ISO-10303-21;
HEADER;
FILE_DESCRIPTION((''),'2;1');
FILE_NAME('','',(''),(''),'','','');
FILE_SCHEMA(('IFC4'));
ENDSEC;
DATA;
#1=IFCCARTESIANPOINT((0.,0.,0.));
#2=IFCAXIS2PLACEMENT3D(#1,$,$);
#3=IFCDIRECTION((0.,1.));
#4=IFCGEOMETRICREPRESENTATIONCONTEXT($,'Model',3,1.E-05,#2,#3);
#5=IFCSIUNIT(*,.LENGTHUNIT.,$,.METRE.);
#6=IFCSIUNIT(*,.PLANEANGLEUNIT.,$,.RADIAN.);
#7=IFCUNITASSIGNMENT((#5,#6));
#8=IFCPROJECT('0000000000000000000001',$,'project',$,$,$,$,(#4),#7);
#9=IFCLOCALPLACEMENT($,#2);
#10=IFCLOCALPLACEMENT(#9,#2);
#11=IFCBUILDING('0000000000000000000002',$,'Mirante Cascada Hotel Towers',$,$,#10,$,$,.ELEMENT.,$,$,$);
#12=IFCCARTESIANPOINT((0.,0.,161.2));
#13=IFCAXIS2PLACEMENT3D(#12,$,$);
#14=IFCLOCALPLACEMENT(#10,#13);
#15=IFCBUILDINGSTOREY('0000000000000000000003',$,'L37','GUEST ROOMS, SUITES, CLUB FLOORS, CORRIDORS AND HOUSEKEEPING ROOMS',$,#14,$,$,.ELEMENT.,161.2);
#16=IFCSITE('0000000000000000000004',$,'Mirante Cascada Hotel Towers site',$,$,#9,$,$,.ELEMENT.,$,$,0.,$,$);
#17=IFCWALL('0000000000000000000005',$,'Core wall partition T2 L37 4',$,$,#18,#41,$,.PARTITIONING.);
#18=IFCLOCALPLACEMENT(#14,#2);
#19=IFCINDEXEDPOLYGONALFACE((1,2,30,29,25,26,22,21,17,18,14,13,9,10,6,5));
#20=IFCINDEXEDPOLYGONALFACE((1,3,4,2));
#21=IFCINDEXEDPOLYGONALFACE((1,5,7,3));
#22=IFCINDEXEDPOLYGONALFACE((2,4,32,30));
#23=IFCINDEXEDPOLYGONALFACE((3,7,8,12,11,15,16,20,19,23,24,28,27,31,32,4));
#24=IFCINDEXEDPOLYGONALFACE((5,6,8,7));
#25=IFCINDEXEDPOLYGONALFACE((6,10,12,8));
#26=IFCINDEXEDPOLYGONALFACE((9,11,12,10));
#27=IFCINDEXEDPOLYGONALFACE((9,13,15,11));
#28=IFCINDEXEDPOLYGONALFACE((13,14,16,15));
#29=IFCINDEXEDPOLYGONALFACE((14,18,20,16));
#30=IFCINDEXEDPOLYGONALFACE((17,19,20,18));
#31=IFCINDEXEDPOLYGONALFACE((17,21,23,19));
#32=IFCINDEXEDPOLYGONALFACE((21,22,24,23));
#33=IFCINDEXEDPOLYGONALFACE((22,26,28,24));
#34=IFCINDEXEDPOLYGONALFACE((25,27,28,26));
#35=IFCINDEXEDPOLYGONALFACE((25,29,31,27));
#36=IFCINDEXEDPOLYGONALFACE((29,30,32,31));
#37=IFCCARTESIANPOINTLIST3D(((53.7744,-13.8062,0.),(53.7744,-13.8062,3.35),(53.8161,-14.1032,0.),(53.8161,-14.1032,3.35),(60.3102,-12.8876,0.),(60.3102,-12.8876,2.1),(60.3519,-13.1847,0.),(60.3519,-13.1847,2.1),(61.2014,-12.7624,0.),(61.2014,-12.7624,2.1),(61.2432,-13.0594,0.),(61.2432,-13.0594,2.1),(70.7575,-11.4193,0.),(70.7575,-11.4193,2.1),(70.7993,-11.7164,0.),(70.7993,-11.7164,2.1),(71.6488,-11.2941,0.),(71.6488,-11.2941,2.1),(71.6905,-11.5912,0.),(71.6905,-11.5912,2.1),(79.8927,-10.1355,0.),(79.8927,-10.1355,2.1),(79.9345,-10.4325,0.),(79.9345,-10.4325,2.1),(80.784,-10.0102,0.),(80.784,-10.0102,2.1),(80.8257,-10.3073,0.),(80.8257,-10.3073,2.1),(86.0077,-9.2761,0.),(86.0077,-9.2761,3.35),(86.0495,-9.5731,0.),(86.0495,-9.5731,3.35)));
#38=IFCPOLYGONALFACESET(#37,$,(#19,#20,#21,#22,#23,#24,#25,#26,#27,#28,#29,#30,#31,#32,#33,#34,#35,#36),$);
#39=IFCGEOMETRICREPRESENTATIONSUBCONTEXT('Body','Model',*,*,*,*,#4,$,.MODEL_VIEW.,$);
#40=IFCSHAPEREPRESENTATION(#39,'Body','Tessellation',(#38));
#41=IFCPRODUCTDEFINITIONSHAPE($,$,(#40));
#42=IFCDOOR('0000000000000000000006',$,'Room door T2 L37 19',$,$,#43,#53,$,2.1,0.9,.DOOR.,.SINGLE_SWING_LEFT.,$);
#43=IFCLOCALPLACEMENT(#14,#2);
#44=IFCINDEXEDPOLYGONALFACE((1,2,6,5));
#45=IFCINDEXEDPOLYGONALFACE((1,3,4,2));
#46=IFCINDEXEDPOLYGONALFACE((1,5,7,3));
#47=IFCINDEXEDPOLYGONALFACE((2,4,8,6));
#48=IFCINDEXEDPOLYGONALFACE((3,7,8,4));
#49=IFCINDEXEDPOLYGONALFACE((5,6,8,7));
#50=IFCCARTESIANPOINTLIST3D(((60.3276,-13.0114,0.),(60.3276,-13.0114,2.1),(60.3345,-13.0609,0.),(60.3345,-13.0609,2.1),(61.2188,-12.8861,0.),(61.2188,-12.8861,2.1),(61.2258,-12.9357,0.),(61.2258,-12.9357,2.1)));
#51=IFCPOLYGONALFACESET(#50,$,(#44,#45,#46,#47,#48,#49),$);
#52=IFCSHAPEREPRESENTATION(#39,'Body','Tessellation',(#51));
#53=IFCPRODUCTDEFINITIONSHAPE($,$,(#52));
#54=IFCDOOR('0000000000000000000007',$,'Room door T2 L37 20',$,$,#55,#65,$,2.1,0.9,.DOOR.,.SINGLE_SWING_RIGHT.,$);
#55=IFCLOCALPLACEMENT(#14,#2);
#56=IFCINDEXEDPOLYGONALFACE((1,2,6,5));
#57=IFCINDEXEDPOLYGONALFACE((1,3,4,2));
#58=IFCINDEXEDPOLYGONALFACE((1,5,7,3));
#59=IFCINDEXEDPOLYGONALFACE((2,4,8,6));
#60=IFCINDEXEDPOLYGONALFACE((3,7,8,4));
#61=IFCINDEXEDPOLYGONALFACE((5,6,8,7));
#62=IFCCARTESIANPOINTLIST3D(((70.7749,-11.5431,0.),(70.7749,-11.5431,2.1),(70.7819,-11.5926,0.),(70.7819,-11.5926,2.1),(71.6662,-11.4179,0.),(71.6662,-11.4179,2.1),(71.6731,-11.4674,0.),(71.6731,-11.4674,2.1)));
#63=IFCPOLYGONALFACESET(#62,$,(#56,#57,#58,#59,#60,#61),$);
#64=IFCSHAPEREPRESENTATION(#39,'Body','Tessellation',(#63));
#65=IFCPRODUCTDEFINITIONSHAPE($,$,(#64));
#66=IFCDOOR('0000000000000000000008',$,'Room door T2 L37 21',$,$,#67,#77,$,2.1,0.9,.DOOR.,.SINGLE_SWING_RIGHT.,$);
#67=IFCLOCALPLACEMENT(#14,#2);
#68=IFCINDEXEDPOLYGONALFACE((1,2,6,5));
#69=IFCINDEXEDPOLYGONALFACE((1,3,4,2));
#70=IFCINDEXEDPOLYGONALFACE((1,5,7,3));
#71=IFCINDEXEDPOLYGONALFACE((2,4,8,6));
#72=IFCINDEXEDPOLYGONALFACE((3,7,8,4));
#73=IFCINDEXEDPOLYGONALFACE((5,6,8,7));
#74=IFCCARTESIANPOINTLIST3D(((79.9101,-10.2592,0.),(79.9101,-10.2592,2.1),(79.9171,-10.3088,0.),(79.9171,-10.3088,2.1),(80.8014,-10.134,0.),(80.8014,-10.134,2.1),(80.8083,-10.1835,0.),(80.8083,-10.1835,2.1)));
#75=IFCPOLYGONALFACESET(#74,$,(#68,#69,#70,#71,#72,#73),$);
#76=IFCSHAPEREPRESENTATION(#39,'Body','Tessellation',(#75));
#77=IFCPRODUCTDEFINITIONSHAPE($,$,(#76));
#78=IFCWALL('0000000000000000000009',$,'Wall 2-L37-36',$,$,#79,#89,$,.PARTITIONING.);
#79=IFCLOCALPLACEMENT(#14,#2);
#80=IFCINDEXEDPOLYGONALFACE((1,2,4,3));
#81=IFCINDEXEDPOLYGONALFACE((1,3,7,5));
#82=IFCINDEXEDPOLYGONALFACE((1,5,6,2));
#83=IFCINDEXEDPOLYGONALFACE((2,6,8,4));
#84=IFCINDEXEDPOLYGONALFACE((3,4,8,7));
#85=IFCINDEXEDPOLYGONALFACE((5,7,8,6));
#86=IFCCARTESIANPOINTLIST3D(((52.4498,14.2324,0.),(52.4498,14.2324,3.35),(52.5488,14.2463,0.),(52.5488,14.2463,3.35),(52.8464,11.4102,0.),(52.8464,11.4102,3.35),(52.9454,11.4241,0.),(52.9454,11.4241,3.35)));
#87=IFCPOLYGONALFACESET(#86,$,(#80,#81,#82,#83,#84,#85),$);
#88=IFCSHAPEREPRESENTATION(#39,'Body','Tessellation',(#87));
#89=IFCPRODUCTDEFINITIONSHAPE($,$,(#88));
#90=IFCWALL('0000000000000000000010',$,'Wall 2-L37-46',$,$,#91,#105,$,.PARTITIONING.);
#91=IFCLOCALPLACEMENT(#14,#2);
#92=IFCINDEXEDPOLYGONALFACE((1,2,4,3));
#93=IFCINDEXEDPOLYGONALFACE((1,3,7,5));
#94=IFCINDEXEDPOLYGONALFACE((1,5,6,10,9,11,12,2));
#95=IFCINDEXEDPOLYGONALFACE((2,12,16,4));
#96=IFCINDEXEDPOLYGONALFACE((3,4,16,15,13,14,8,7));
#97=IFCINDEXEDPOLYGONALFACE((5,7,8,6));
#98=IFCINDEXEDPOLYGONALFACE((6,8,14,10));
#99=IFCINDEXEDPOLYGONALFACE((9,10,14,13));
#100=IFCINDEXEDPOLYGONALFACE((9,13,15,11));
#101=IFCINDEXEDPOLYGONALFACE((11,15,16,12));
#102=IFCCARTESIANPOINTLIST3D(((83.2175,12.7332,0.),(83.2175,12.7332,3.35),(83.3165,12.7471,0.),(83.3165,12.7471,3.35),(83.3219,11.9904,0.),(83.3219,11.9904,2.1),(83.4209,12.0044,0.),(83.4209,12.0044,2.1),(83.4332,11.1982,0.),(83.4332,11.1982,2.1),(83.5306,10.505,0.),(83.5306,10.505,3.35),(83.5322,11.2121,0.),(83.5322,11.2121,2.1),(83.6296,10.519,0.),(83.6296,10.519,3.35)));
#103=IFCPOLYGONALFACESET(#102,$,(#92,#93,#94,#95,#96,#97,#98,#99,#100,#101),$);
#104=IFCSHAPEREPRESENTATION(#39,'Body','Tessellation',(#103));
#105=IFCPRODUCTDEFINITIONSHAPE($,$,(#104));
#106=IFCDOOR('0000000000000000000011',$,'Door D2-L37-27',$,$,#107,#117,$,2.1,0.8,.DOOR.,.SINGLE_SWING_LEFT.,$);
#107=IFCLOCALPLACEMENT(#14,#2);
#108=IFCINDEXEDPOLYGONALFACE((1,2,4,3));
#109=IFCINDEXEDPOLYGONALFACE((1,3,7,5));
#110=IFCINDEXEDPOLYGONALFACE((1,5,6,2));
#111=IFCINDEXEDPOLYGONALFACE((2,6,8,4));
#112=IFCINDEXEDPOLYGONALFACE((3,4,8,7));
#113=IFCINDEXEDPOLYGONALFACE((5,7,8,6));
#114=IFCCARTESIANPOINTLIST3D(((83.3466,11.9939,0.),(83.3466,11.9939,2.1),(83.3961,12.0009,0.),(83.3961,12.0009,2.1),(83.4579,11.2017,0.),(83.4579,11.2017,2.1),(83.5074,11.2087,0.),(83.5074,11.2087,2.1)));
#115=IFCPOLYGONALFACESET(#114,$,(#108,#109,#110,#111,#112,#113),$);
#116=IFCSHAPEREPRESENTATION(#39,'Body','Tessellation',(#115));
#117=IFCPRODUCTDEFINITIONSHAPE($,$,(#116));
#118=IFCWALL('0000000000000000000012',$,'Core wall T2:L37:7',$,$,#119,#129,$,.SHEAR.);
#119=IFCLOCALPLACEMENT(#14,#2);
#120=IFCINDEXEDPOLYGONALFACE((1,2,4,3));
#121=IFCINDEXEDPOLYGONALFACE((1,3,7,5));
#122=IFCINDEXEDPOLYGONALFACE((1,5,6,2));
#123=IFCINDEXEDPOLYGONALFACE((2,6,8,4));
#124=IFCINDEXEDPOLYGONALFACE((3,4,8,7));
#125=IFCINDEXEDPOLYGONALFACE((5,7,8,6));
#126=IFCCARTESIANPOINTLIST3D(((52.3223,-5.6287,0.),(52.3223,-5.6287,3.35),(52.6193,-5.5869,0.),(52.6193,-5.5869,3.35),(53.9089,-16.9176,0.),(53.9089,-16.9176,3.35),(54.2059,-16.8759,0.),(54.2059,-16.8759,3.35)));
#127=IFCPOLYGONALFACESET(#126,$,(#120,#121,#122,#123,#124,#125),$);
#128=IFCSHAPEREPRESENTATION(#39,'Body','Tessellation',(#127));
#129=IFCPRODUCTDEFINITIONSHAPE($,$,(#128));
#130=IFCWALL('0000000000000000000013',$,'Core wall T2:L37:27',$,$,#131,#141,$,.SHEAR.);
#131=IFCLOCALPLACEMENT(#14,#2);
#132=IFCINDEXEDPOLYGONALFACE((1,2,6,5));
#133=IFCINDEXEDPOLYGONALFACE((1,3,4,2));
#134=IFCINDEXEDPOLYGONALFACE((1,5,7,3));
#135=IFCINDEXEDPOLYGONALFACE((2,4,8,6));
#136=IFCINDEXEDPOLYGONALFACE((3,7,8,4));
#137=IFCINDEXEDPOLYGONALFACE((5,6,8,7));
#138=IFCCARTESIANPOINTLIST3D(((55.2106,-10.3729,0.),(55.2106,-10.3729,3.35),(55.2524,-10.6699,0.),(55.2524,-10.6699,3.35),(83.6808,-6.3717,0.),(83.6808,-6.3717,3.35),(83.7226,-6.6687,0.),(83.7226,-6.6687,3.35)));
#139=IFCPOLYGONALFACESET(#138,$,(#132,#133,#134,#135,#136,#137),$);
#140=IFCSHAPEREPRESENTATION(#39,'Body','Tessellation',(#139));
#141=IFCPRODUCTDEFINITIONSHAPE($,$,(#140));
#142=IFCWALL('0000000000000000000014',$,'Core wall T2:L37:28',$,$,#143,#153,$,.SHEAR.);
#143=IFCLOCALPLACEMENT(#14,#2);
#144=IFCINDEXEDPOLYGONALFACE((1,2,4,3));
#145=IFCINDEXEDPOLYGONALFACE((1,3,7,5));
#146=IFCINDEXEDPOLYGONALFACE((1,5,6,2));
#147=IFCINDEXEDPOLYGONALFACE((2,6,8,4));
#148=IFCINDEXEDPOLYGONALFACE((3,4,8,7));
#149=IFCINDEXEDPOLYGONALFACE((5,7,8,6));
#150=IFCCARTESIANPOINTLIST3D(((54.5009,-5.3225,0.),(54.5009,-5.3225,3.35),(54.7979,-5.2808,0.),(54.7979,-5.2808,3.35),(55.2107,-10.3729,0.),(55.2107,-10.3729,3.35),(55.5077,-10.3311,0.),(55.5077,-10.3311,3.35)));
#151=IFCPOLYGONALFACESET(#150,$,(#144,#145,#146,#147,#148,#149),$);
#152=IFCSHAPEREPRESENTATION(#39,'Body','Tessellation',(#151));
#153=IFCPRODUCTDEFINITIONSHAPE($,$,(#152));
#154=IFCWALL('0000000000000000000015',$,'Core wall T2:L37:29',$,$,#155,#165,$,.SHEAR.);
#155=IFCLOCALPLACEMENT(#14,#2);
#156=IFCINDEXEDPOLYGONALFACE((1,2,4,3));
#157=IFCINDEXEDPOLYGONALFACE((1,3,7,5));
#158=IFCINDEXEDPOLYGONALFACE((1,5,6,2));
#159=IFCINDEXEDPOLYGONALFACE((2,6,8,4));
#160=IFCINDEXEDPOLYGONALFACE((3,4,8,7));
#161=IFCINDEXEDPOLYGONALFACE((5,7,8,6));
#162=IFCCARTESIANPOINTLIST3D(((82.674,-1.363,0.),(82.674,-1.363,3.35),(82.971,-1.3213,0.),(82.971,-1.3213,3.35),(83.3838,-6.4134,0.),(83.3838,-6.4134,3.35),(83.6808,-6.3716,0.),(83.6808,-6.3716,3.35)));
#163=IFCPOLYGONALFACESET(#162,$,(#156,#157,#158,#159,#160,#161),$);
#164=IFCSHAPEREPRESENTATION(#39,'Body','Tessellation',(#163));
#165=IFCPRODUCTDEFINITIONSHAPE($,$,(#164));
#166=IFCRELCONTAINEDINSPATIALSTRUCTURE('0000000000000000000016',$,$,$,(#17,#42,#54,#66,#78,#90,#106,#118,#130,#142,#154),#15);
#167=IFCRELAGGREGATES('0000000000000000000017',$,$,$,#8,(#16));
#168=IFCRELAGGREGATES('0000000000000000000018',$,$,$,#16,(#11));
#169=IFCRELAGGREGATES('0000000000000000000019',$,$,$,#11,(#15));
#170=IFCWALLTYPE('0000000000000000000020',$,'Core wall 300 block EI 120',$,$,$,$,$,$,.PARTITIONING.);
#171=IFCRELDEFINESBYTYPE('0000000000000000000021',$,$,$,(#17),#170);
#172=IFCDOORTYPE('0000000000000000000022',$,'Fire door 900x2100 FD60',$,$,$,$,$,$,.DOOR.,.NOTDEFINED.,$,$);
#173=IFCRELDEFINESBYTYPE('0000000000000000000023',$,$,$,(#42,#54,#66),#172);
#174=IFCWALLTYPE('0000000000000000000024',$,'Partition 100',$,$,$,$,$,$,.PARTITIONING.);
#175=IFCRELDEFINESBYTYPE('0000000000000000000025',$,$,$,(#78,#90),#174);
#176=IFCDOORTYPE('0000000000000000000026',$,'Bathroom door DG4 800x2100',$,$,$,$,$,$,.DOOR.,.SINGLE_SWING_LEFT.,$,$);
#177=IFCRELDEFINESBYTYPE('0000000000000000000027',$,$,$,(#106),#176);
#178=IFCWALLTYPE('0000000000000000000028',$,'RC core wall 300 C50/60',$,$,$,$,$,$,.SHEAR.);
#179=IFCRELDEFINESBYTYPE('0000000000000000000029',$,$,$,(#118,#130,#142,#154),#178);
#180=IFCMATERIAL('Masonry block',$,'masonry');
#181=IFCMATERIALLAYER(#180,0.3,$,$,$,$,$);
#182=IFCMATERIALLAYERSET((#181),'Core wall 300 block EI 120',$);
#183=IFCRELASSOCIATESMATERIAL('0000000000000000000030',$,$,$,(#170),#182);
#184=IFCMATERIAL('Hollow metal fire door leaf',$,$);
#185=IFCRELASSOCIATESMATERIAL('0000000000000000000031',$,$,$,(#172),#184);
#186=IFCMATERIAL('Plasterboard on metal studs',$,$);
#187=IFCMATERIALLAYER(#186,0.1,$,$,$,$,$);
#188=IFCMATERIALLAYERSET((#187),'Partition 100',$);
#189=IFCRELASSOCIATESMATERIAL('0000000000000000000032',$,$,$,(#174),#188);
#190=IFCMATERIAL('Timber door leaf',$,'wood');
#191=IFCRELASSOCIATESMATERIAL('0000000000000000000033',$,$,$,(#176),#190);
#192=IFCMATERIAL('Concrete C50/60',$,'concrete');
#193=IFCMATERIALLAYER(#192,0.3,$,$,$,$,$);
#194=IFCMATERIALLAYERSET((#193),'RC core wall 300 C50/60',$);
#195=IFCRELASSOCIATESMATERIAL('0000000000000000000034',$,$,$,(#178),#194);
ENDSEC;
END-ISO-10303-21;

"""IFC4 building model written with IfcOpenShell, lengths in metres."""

from ifc_helpers import new_model, si_unit, direction, frame, frame_2d, origin, place, context, subcontext, project, spatial, rectangle, extrude, material, layer, layer_set, type_object, element, fill, save


model = new_model("IFC4")

# Units and contexts
model_context = context("Model", 3, precision=1e-05, world=origin(), true_north=direction((0.0, 1.0)))
body_context = subcontext(model_context, "Body", "Model", "MODEL_VIEW")
ifc_project = project(units=[si_unit("LENGTHUNIT", "METRE"), si_unit("PLANEANGLEUNIT", "RADIAN")], contexts=[model_context])

# Site, building, storey
site_placement = place(None, origin())
site = spatial("IfcSite", under=ifc_project, at=site_placement, Name="Mirante Cascada Hotel Towers site", CompositionType="ELEMENT", RefElevation=0.0)
building_placement = place(site_placement, origin())
building = spatial("IfcBuilding", under=site, at=building_placement, Name="Mirante Cascada Hotel Towers", CompositionType="ELEMENT")
storey_placement = place(building_placement, frame((0.0, 0.0, 161.2)))
storey = spatial("IfcBuildingStorey", under=building, at=storey_placement, Name="L37", Description="GUEST ROOMS, SUITES, CLUB FLOORS, CORRIDORS AND HOUSEKEEPING ROOMS", CompositionType="ELEMENT", Elevation=161.2)

# Wall, openings, doors
ifc_material_1 = material(Name="Masonry block", Category="masonry")
ifc_layer_1 = layer(ifc_material_1, 0.3)
ifc_layer_set_1 = layer_set([ifc_layer_1], Name="Core wall 300 block EI 120")
wall_type_1 = type_object("IfcWallType", Name="Core wall 300 block EI 120", PredefinedType="PARTITIONING", material=ifc_layer_set_1)
wall_1_placement = place(storey_placement, frame((53.7953, -13.9547, 0.0), z_axis=(0.0, 0.0, 1.0), x_axis=(0.990268, 0.139173, 0.0)))
wall_1 = element("IfcWall", 1, at=wall_1_placement, inside=storey, type_object=wall_type_1, Name="Core wall partition T2 L37 4", PredefinedType="PARTITIONING", context=body_context, shape_type="SweptSolid", body=[
    extrude(rectangle(XDim=32.5501, YDim=0.3, at=frame_2d((16.275, 0.0))), origin(), (0.0, 0.0, 1.0), 3.35),
])
opening_1_placement = place(wall_1_placement, frame((6.6, 0.0, 0.0)))
opening_1 = element("IfcOpeningElement", 2, at=opening_1_placement, cuts=wall_1, PredefinedType="OPENING", context=body_context, shape_type="SweptSolid", body=[
    extrude(rectangle(XDim=0.9, YDim=2.1, at=frame_2d((0.45, 1.05))), frame((0.0, 0.15, 0.0), z_axis=(0.0, -1.0, 0.0), x_axis=(1.0, 0.0, 0.0)), (0.0, 0.0, 1.0), 0.3),
])
opening_2_placement = place(wall_1_placement, frame((17.15, 0.0, 0.0)))
opening_2 = element("IfcOpeningElement", 3, at=opening_2_placement, cuts=wall_1, PredefinedType="OPENING", context=body_context, shape_type="SweptSolid", body=[
    extrude(rectangle(XDim=0.9, YDim=2.1, at=frame_2d((0.45, 1.05))), frame((0.0, 0.15, 0.0), z_axis=(0.0, -1.0, 0.0), x_axis=(1.0, 0.0, 0.0)), (0.0, 0.0, 1.0), 0.3),
])
opening_3_placement = place(wall_1_placement, frame((26.375, 0.0, 0.0)))
opening_3 = element("IfcOpeningElement", 4, at=opening_3_placement, cuts=wall_1, PredefinedType="OPENING", context=body_context, shape_type="SweptSolid", body=[
    extrude(rectangle(XDim=0.9, YDim=2.1, at=frame_2d((0.45, 1.05))), frame((0.0, 0.15, 0.0), z_axis=(0.0, -1.0, 0.0), x_axis=(1.0, 0.0, 0.0)), (0.0, 0.0, 1.0), 0.3),
])
ifc_material_2 = material(Name="Hollow metal fire door leaf")
door_type_1 = type_object("IfcDoorType", Name="Fire door 900x2100 FD60", OperationType="NOTDEFINED", PredefinedType="DOOR", material=ifc_material_2)
door_1_placement = place(opening_1_placement, frame((0.9, 0.0, 0.0), z_axis=(0.0, 0.0, 1.0), x_axis=(-1.0, 0.0, 0.0)))
door_1 = element("IfcDoor", 5, at=door_1_placement, inside=storey, type_object=door_type_1, Name="Room door T2 L37 19", OperationType="SINGLE_SWING_LEFT", OverallHeight=2.1, OverallWidth=0.9, PredefinedType="DOOR", context=body_context, shape_type="SweptSolid", body=[
    extrude(rectangle(XDim=0.9, YDim=2.1, at=frame_2d((0.45, 1.05))), frame((0.0, 0.025, 0.0), z_axis=(0.0, -1.0, 0.0), x_axis=(1.0, 0.0, 0.0)), (0.0, 0.0, 1.0), 0.05),
])
fill(opening_1, door_1)
door_2_placement = place(opening_2_placement, frame((0.9, 0.0, 0.0), z_axis=(0.0, 0.0, 1.0), x_axis=(-1.0, 0.0, 0.0)))
door_2 = element("IfcDoor", 6, at=door_2_placement, inside=storey, type_object=door_type_1, Name="Room door T2 L37 20", OperationType="SINGLE_SWING_RIGHT", OverallHeight=2.1, OverallWidth=0.9, PredefinedType="DOOR", context=body_context, shape_type="SweptSolid", body=[
    extrude(rectangle(XDim=0.9, YDim=2.1, at=frame_2d((0.45, 1.05))), frame((0.0, 0.025, 0.0), z_axis=(0.0, -1.0, 0.0), x_axis=(1.0, 0.0, 0.0)), (0.0, 0.0, 1.0), 0.05),
])
fill(opening_2, door_2)
door_3_placement = place(opening_3_placement, frame((0.9, 0.0, 0.0), z_axis=(0.0, 0.0, 1.0), x_axis=(-1.0, 0.0, 0.0)))
door_3 = element("IfcDoor", 7, at=door_3_placement, inside=storey, type_object=door_type_1, Name="Room door T2 L37 21", OperationType="SINGLE_SWING_RIGHT", OverallHeight=2.1, OverallWidth=0.9, PredefinedType="DOOR", context=body_context, shape_type="SweptSolid", body=[
    extrude(rectangle(XDim=0.9, YDim=2.1, at=frame_2d((0.45, 1.05))), frame((0.0, 0.025, 0.0), z_axis=(0.0, -1.0, 0.0), x_axis=(1.0, 0.0, 0.0)), (0.0, 0.0, 1.0), 0.05),
])
fill(opening_3, door_3)

# Wall
ifc_material_3 = material(Name="Plasterboard on metal studs")
ifc_layer_2 = layer(ifc_material_3, 0.1)
ifc_layer_set_2 = layer_set([ifc_layer_2], Name="Partition 100")
wall_type_2 = type_object("IfcWallType", Name="Partition 100", PredefinedType="PARTITIONING", material=ifc_layer_set_2)
wall_2_placement = place(storey_placement, frame((52.8959, 11.4171, 0.0), z_axis=(0.0, 0.0, 1.0), x_axis=(-0.139161, 0.99027, 0.0)))
element("IfcWall", 8, at=wall_2_placement, inside=storey, type_object=wall_type_2, Name="Wall 2-L37-36", PredefinedType="PARTITIONING", context=body_context, shape_type="SweptSolid", body=[
    extrude(rectangle(XDim=2.8499, YDim=0.1, at=frame_2d((1.425, 0.0))), origin(), (0.0, 0.0, 1.0), 3.35),
])

# Wall, opening, door
wall_3_placement = place(storey_placement, frame((83.5801, 10.512, 0.0), z_axis=(0.0, 0.0, 1.0), x_axis=(-0.139156, 0.990271, 0.0)))
wall_3 = element("IfcWall", 9, at=wall_3_placement, inside=storey, type_object=wall_type_2, Name="Wall 2-L37-46", PredefinedType="PARTITIONING", context=body_context, shape_type="SweptSolid", body=[
    extrude(rectangle(XDim=2.25, YDim=0.1, at=frame_2d((1.125, 0.0))), origin(), (0.0, 0.0, 1.0), 3.35),
])
opening_4_placement = place(wall_3_placement, frame((0.7, 0.0, 0.0)))
opening_4 = element("IfcOpeningElement", 10, at=opening_4_placement, cuts=wall_3, PredefinedType="OPENING", context=body_context, shape_type="SweptSolid", body=[
    extrude(rectangle(XDim=0.8, YDim=2.1, at=frame_2d((0.4, 1.05))), frame((0.0, 0.05, 0.0), z_axis=(0.0, -1.0, 0.0), x_axis=(1.0, 0.0, 0.0)), (0.0, 0.0, 1.0), 0.1),
])
ifc_material_4 = material(Name="Timber door leaf", Category="wood")
door_type_2 = type_object("IfcDoorType", Name="Bathroom door DG4 800x2100", OperationType="SINGLE_SWING_LEFT", PredefinedType="DOOR", material=ifc_material_4)
door_4_placement = place(opening_4_placement, origin())
door_4 = element("IfcDoor", 11, at=door_4_placement, inside=storey, type_object=door_type_2, Name="Door D2-L37-27", OperationType="SINGLE_SWING_LEFT", OverallHeight=2.1, OverallWidth=0.8, PredefinedType="DOOR", context=body_context, shape_type="SweptSolid", body=[
    extrude(rectangle(XDim=0.8, YDim=2.1, at=frame_2d((0.4, 1.05))), frame((0.0, 0.025, 0.0), z_axis=(0.0, -1.0, 0.0), x_axis=(1.0, 0.0, 0.0)), (0.0, 0.0, 1.0), 0.05),
])
fill(opening_4, door_4)

# Walls
ifc_material_5 = material(Name="Concrete C50/60", Category="concrete")
ifc_layer_3 = layer(ifc_material_5, 0.3)
ifc_layer_set_3 = layer_set([ifc_layer_3], Name="RC core wall 300 C50/60")
wall_type_3 = type_object("IfcWallType", Name="RC core wall 300 C50/60", PredefinedType="SHEAR", material=ifc_layer_set_3)
wall_4_placement = place(storey_placement, frame((54.0574, -16.8968, 0.0), z_axis=(0.0, 0.0, 1.0), x_axis=(-0.139176, 0.990268, 0.0)))
element("IfcWall", 12, at=wall_4_placement, inside=storey, type_object=wall_type_3, Name="Core wall T2:L37:7", PredefinedType="SHEAR", context=body_context, shape_type="SweptSolid", body=[
    extrude(rectangle(XDim=11.3999, YDim=0.3, at=frame_2d((5.7, 0.0))), origin(), (0.0, 0.0, 1.0), 3.35),
])
wall_5_placement = place(storey_placement, frame((55.2315, -10.5214, 0.0), z_axis=(0.0, 0.0, 1.0), x_axis=(0.990268, 0.139172, 0.0)))
element("IfcWall", 13, at=wall_5_placement, inside=storey, type_object=wall_type_3, Name="Core wall T2:L37:27", PredefinedType="SHEAR", context=body_context, shape_type="SweptSolid", body=[
    extrude(rectangle(XDim=28.75, YDim=0.3, at=frame_2d((14.375, 0.0))), origin(), (0.0, 0.0, 1.0), 3.35),
])
for number, where, z_axis, x_axis, name in (
    (14, (55.3592, -10.352, 0.0), (0.0, 0.0, 1.0), (-0.139176, 0.990268, 0.0), "Core wall T2:L37:28"),
    (15, (83.5323, -6.3925, 0.0), (0.0, 0.0, 1.0), (-0.139176, 0.990268, 0.0), "Core wall T2:L37:29"),
):
    element("IfcWall", number, at=place(storey_placement, frame(where, z_axis=z_axis, x_axis=x_axis)), inside=storey, type_object=wall_type_3, Name=name, PredefinedType="SHEAR", context=body_context, shape_type="SweptSolid", body=[
        extrude(rectangle(XDim=5.1, YDim=0.3, at=frame_2d((2.55, 0.0))), origin(), (0.0, 0.0, 1.0), 3.35),
    ])

save(model, "model.ifc")
